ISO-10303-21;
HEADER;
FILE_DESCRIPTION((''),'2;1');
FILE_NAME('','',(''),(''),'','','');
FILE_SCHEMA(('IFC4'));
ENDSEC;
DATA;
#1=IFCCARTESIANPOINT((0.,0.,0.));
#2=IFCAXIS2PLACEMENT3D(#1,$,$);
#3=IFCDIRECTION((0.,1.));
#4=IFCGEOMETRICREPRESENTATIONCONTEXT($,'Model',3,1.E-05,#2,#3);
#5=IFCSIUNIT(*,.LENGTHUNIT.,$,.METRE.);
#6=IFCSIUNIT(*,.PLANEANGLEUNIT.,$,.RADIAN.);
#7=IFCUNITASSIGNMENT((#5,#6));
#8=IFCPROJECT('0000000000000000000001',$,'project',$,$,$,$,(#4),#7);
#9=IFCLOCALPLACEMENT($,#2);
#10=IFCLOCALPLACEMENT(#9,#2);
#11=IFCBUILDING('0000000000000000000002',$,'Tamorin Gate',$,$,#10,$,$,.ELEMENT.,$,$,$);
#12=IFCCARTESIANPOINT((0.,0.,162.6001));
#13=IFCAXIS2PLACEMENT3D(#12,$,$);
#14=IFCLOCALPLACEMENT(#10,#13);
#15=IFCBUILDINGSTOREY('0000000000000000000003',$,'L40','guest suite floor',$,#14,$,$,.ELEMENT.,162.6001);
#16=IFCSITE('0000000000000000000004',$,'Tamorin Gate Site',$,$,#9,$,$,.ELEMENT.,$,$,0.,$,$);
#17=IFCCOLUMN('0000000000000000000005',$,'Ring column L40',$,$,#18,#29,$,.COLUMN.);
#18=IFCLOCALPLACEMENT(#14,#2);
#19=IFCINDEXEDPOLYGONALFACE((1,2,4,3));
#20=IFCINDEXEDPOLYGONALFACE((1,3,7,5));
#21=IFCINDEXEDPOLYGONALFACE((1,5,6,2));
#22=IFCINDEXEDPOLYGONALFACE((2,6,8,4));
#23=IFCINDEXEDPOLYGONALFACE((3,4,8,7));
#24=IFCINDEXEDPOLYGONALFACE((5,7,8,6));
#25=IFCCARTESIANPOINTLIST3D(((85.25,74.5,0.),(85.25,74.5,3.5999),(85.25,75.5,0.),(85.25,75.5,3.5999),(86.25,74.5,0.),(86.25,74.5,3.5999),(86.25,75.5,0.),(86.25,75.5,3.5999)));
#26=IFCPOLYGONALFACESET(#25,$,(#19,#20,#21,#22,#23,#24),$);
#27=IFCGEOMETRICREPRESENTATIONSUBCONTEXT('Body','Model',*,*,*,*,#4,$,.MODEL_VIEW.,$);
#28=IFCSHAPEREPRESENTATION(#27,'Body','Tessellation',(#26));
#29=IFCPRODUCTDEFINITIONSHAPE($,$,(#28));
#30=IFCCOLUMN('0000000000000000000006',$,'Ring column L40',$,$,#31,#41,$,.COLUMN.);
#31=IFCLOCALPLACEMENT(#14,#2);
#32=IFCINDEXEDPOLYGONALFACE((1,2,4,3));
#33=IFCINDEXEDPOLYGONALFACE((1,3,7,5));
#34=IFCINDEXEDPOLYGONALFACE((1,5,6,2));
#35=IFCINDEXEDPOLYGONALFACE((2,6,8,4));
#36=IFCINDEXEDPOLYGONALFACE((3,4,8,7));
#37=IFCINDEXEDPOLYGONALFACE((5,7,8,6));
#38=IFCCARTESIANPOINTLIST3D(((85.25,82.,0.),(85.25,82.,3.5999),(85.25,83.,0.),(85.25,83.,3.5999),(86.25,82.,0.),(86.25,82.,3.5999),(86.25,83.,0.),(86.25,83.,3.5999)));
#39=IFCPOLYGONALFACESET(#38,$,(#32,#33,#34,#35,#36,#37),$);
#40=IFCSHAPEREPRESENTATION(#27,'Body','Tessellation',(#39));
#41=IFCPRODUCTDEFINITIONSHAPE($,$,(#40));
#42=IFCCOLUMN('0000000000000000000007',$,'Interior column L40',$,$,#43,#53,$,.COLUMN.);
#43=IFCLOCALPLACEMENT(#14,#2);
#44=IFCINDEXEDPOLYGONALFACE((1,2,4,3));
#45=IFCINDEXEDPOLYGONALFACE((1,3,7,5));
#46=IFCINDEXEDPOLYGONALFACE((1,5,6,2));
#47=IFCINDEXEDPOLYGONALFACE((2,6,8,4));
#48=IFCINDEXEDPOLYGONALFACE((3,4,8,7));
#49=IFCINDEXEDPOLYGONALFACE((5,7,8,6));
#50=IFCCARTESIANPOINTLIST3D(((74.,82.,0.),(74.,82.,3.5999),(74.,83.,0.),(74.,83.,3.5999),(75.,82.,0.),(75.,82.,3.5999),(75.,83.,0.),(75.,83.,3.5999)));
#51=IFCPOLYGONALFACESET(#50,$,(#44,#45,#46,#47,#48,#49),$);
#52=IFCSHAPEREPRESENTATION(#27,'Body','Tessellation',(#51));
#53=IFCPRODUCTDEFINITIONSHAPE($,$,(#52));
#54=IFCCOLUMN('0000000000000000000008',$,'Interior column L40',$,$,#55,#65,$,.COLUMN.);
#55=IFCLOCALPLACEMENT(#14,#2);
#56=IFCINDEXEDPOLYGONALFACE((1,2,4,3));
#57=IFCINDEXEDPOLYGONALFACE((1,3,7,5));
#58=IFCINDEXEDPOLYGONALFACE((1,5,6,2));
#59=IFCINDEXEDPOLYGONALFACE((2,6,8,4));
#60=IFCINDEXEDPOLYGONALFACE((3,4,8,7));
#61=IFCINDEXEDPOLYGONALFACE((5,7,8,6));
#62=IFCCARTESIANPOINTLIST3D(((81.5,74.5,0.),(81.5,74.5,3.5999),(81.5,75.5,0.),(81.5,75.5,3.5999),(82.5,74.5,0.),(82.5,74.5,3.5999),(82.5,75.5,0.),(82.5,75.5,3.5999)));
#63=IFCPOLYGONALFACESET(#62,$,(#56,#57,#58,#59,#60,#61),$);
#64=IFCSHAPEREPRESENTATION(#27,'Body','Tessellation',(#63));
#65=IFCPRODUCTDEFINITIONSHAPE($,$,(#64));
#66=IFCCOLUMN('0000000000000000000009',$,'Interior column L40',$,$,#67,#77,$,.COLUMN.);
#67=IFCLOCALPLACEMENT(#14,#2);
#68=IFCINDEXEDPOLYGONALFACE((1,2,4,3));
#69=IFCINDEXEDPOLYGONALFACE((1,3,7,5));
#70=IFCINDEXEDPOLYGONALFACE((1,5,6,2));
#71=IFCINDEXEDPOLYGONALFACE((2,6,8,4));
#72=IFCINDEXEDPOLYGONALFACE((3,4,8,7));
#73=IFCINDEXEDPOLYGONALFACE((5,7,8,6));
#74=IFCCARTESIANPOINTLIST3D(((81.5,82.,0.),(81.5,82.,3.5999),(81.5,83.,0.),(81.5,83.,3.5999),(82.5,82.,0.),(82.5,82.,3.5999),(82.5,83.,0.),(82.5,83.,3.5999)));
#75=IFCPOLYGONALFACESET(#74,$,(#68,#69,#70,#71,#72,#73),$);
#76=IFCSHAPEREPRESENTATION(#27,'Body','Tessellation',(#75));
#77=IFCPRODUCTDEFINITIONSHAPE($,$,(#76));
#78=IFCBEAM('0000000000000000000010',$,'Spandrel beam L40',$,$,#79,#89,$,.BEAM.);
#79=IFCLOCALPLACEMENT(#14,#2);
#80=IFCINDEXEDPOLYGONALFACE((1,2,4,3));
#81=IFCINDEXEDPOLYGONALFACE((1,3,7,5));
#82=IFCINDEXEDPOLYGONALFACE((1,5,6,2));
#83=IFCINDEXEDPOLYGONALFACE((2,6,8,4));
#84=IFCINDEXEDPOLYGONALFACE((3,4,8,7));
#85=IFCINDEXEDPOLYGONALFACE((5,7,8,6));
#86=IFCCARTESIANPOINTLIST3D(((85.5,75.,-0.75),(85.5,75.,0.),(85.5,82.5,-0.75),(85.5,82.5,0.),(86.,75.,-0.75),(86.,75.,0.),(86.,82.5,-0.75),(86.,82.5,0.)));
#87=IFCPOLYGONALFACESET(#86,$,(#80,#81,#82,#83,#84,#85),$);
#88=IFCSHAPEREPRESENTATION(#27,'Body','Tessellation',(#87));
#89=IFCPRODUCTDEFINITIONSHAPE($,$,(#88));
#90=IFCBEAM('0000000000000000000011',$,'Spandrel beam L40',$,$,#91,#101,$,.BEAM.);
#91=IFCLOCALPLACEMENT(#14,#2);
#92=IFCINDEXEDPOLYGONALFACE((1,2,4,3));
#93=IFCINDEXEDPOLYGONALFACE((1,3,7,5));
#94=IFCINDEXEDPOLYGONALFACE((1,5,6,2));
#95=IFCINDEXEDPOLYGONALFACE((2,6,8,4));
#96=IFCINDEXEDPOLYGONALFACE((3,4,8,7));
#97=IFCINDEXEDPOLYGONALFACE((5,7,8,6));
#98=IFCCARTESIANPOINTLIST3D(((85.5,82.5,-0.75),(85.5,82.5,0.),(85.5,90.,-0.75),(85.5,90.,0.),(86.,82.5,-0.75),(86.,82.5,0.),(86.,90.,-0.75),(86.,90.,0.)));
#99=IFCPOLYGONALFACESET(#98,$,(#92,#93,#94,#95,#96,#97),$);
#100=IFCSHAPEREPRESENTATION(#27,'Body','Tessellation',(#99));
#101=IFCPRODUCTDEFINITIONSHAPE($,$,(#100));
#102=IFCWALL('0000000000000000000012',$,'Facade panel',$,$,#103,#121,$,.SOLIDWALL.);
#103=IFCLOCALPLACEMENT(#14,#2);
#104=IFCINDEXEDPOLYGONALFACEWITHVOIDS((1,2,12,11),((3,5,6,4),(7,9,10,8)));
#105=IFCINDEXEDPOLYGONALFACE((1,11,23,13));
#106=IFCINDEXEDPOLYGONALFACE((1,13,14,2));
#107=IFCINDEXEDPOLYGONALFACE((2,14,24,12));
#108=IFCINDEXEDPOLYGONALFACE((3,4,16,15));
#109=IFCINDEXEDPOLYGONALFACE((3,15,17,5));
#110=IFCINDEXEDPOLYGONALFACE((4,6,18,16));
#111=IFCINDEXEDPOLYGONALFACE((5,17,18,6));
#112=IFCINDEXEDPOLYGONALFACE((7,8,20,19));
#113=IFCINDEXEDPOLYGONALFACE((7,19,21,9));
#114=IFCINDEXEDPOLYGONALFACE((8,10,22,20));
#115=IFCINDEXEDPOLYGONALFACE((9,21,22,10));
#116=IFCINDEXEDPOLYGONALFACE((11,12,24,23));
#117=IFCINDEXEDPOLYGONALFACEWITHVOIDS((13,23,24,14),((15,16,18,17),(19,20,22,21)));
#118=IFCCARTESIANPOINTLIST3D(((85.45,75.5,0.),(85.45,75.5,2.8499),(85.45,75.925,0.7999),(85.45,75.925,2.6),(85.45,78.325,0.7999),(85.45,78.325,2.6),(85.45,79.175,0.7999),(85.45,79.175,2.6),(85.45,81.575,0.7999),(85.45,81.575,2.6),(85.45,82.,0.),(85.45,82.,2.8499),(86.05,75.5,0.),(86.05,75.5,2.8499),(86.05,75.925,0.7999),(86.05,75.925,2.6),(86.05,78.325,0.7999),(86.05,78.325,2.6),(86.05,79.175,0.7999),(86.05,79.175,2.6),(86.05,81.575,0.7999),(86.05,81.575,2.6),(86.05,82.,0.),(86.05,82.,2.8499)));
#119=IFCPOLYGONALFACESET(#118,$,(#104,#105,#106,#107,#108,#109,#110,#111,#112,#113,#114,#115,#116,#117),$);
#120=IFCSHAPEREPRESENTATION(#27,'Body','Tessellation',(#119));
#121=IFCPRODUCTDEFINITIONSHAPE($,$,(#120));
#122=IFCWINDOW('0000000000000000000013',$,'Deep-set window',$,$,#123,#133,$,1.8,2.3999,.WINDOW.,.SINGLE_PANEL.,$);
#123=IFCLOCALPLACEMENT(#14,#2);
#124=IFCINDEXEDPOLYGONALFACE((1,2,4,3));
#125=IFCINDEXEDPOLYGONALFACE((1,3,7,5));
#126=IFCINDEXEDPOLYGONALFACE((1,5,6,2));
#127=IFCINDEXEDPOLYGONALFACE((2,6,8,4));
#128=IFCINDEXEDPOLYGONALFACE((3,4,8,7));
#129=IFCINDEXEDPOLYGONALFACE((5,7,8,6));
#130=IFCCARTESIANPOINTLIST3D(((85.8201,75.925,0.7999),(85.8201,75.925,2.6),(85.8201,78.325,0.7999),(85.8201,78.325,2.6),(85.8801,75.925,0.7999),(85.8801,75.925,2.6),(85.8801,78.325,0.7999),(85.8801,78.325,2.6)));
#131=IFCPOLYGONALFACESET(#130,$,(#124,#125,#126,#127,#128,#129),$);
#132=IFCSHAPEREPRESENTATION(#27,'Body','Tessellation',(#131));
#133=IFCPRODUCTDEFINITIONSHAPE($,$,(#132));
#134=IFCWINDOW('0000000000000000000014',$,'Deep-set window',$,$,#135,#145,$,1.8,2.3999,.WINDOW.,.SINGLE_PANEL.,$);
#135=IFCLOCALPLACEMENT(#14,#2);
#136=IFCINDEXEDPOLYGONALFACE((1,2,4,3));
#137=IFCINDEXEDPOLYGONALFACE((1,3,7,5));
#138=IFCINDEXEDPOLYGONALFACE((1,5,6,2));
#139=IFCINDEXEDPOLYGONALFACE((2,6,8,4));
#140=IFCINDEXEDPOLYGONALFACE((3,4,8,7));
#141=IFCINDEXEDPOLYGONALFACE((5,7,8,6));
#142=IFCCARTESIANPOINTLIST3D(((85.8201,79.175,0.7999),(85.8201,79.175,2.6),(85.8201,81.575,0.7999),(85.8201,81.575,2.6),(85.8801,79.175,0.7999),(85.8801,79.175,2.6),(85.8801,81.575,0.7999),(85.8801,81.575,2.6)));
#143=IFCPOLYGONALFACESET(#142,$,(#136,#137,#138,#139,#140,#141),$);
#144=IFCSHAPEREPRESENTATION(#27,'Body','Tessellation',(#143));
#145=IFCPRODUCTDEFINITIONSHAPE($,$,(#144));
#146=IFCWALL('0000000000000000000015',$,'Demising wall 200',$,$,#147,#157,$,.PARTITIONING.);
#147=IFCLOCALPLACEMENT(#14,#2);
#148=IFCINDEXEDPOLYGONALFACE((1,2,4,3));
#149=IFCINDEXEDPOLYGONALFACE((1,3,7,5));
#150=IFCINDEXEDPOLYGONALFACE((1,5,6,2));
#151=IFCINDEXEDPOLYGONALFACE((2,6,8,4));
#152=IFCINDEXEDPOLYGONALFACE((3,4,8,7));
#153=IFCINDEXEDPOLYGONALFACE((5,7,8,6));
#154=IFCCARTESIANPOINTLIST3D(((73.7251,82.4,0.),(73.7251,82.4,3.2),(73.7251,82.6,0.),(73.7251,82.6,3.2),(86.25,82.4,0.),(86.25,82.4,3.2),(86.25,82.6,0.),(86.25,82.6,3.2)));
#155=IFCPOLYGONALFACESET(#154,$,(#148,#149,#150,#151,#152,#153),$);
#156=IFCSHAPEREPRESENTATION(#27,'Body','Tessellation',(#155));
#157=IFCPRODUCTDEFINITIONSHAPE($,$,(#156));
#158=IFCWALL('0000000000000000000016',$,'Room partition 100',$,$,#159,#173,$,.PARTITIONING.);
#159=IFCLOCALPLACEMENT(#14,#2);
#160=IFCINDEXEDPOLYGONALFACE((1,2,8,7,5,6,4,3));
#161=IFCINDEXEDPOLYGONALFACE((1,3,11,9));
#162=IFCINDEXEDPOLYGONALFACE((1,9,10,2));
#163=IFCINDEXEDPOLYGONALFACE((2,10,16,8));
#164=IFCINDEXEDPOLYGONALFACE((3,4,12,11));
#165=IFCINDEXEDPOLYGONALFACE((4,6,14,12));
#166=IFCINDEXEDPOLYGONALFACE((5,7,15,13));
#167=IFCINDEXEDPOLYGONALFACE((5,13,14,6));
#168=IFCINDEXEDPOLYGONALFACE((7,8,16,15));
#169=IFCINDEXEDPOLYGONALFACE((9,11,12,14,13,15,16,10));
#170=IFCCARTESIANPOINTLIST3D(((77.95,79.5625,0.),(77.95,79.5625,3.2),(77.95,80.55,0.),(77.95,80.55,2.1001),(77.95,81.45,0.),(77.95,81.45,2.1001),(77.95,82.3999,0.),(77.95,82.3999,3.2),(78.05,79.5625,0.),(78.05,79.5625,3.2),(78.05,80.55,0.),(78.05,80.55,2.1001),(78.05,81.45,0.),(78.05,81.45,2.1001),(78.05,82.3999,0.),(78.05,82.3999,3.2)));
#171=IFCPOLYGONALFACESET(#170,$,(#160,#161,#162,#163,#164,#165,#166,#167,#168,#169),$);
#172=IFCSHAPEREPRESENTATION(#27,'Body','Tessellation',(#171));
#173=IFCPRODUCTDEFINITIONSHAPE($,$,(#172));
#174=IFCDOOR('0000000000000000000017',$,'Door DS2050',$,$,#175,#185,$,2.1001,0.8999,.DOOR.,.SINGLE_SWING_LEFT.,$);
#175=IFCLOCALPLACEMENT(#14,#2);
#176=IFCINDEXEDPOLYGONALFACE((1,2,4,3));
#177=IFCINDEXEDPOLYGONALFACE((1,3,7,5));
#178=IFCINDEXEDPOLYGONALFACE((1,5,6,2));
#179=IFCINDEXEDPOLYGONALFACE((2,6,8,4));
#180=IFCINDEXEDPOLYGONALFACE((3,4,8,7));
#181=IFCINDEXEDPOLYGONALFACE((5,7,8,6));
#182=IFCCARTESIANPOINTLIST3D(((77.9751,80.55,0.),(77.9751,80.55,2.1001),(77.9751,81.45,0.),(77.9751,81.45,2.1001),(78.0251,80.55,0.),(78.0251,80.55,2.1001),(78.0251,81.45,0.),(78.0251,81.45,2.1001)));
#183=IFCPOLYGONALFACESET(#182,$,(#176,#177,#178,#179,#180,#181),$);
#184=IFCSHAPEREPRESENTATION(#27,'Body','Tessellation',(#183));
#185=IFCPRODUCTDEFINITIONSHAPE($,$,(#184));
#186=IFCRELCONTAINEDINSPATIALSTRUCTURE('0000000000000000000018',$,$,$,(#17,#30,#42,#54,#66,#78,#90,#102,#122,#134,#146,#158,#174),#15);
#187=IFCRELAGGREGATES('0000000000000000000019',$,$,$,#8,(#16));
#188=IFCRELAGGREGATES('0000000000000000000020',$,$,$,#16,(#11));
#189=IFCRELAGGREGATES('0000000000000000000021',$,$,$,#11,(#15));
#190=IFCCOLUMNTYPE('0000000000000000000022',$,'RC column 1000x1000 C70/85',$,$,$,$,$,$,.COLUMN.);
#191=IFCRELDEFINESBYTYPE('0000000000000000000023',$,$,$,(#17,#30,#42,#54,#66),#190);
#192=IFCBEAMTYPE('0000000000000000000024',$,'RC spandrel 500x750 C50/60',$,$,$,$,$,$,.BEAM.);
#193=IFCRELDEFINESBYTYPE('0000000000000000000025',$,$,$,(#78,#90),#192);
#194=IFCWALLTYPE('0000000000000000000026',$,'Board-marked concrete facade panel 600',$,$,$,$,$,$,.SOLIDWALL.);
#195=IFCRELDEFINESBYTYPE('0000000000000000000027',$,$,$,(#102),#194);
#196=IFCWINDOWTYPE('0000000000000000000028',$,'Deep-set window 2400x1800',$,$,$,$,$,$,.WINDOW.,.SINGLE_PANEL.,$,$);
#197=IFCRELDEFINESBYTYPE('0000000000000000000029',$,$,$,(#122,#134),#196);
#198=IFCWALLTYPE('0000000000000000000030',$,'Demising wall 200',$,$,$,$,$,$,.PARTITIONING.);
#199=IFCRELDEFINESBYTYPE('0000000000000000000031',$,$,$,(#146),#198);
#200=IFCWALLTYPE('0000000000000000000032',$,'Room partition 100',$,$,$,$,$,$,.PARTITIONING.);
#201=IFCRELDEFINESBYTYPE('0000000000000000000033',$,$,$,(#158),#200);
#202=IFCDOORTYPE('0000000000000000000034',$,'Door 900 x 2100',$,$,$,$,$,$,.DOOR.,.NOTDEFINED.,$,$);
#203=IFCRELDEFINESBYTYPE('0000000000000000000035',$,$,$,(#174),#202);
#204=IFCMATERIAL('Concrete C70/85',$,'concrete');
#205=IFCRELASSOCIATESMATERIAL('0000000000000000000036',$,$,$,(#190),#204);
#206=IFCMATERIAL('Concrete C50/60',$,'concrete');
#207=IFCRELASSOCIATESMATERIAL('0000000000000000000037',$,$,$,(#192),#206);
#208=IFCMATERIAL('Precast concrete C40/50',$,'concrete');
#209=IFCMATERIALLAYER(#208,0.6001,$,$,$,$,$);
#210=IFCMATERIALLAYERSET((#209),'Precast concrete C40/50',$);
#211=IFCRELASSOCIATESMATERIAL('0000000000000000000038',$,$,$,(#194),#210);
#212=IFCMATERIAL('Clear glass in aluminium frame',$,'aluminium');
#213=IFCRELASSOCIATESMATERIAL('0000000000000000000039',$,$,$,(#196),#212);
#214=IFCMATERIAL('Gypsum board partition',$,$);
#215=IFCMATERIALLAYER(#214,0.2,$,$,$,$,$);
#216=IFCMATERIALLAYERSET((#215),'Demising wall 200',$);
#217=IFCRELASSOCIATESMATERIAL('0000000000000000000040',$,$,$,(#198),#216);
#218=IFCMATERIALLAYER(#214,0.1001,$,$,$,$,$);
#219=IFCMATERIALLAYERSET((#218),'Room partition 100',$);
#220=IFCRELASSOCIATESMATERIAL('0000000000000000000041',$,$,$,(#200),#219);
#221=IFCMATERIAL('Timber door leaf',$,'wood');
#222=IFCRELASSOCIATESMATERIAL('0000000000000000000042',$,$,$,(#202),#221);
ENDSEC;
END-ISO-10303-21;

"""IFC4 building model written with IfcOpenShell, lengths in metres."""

from ifc_helpers import new_model, si_unit, direction, frame, frame_2d, origin, origin_2d, place, context, subcontext, project, spatial, rectangle, extrude, material, layer, layer_set, material_profile, profile_set, type_object, element, fill, save


model = new_model("IFC4")

# Units and contexts
model_context = context("Model", 3, precision=1e-05, world=origin(), true_north=direction((0.0, 1.0)))
body_context = subcontext(model_context, "Body", "Model", "MODEL_VIEW")
ifc_project = project(units=[si_unit("LENGTHUNIT", "METRE"), si_unit("PLANEANGLEUNIT", "RADIAN")], contexts=[model_context])

# Site, building, storey
site_placement = place(None, origin())
site = spatial("IfcSite", under=ifc_project, at=site_placement, Name="Tamorin Gate Site", CompositionType="ELEMENT", RefElevation=0.0)
building_placement = place(site_placement, origin())
building = spatial("IfcBuilding", under=site, at=building_placement, Name="Tamorin Gate", CompositionType="ELEMENT")
storey_placement = place(building_placement, frame((0.0, 0.0, 162.6001)))
storey = spatial("IfcBuildingStorey", under=building, at=storey_placement, Name="L40", Description="guest suite floor", CompositionType="ELEMENT", Elevation=162.6001)

# Columns
ifc_material_1 = material(Name="Concrete C70/85", Category="concrete")
ifc_material_profile_1 = material_profile(ifc_material_1, rectangle(XDim=1.0, YDim=1.0, at=origin_2d()), Name="RC 1000x1000")
ifc_profile_set_1 = profile_set([ifc_material_profile_1], Name="Concrete C70/85")
column_type = type_object("IfcColumnType", Name="RC column 1000x1000 C70/85", PredefinedType="COLUMN", material=ifc_profile_set_1)
for number, where, z_axis, x_axis, name in (
    (1, (85.75, 75.0, 0.0), (0.0, 0.0, 1.0), (1.0, 0.0, 0.0), "Ring column L40"),
    (2, (85.75, 82.5, 0.0), (0.0, 0.0, 1.0), (1.0, 0.0, 0.0), "Ring column L40"),
    (3, (74.5, 82.5, 0.0), (0.0, 0.0, 1.0), (1.0, 0.0, 0.0), "Interior column L40"),
    (4, (82.0, 75.0, 0.0), (0.0, 0.0, 1.0), (1.0, 0.0, 0.0), "Interior column L40"),
    (5, (82.0, 82.5, 0.0), (0.0, 0.0, 1.0), (1.0, 0.0, 0.0), "Interior column L40"),
):
    element("IfcColumn", number, at=place(storey_placement, frame(where, z_axis=z_axis, x_axis=x_axis)), inside=storey, type_object=column_type, Name=name, PredefinedType="COLUMN", context=body_context, shape_type="SweptSolid", body=[
        extrude(rectangle(XDim=1.0, YDim=1.0, at=origin_2d()), origin(), (0.0, 0.0, 1.0), 3.5999),
    ])

# Beams
ifc_material_2 = material(Name="Concrete C50/60", Category="concrete")
ifc_material_profile_2 = material_profile(ifc_material_2, rectangle(XDim=0.5, YDim=0.75, at=origin_2d()), Name="RC 500x750")
ifc_profile_set_2 = profile_set([ifc_material_profile_2], Name="Concrete C50/60")
beam_type = type_object("IfcBeamType", Name="RC spandrel 500x750 C50/60", PredefinedType="BEAM", material=ifc_profile_set_2)
for number, where, z_axis, x_axis, name in (
    (6, (85.75, 75.0, -0.375), (0.0, 1.0, 0.0), (-1.0, 0.0, 0.0), "Spandrel beam L40"),
    (7, (85.75, 82.5, -0.375), (0.0, 1.0, 0.0), (-1.0, 0.0, 0.0), "Spandrel beam L40"),
):
    element("IfcBeam", number, at=place(storey_placement, frame(where, z_axis=z_axis, x_axis=x_axis)), inside=storey, type_object=beam_type, Name=name, PredefinedType="BEAM", context=body_context, shape_type="SweptSolid", body=[
        extrude(rectangle(XDim=0.5, YDim=0.75, at=origin_2d()), origin(), (0.0, 0.0, 1.0), 7.5),
    ])

# Wall, openings, windows
ifc_material_3 = material(Name="Precast concrete C40/50", Category="concrete")
ifc_layer_1 = layer(ifc_material_3, 0.6001)
ifc_layer_set_1 = layer_set([ifc_layer_1], Name="Precast concrete C40/50")
wall_type_1 = type_object("IfcWallType", Name="Board-marked concrete facade panel 600", PredefinedType="SOLIDWALL", material=ifc_layer_set_1)
wall_1_placement = place(storey_placement, frame((85.75, 75.5, 0.0), z_axis=(0.0, 0.0, 1.0), x_axis=(0.0, 1.0, 0.0)))
wall_1 = element("IfcWall", 8, at=wall_1_placement, inside=storey, type_object=wall_type_1, Name="Facade panel", PredefinedType="SOLIDWALL", context=body_context, shape_type="SweptSolid", body=[
    extrude(rectangle(XDim=6.5, YDim=0.6001, at=frame_2d((3.25, 0.0))), origin(), (0.0, 0.0, 1.0), 2.8499),
])
opening_1_placement = place(wall_1_placement, frame((0.425, 0.0, 0.8)))
opening_1 = element("IfcOpeningElement", 9, at=opening_1_placement, cuts=wall_1, PredefinedType="OPENING", context=body_context, shape_type="SweptSolid", body=[
    extrude(rectangle(XDim=2.3999, YDim=1.8, at=frame_2d((1.2, 0.8999))), frame((0.0, 0.3101, 0.0), z_axis=(0.0, -1.0, 0.0), x_axis=(1.0, 0.0, 0.0)), (0.0, 0.0, 1.0), 0.6201),
])
opening_2_placement = place(wall_1_placement, frame((3.675, 0.0, 0.8)))
opening_2 = element("IfcOpeningElement", 10, at=opening_2_placement, cuts=wall_1, PredefinedType="OPENING", context=body_context, shape_type="SweptSolid", body=[
    extrude(rectangle(XDim=2.3999, YDim=1.8, at=frame_2d((1.2, 0.8999))), frame((0.0, 0.3101, 0.0), z_axis=(0.0, -1.0, 0.0), x_axis=(1.0, 0.0, 0.0)), (0.0, 0.0, 1.0), 0.6201),
])
ifc_material_4 = material(Name="Clear glass in aluminium frame", Category="aluminium")
window_type = type_object("IfcWindowType", Name="Deep-set window 2400x1800", PartitioningType="SINGLE_PANEL", PredefinedType="WINDOW", material=ifc_material_4)
window_1_placement = place(opening_1_placement, origin())
window_1 = element("IfcWindow", 11, at=window_1_placement, inside=storey, type_object=window_type, Name="Deep-set window", OverallHeight=1.8, OverallWidth=2.3999, PartitioningType="SINGLE_PANEL", PredefinedType="WINDOW", context=body_context, shape_type="SweptSolid", body=[
    extrude(rectangle(XDim=2.3999, YDim=1.8, at=frame_2d((1.2, 0.8999))), frame((0.0, -0.0701, 0.0), z_axis=(0.0, -1.0, 0.0), x_axis=(1.0, 0.0, 0.0)), (0.0, 0.0, 1.0), 0.0601),
])
fill(opening_1, window_1)
window_2_placement = place(opening_2_placement, origin())
window_2 = element("IfcWindow", 12, at=window_2_placement, inside=storey, type_object=window_type, Name="Deep-set window", OverallHeight=1.8, OverallWidth=2.3999, PartitioningType="SINGLE_PANEL", PredefinedType="WINDOW", context=body_context, shape_type="SweptSolid", body=[
    extrude(rectangle(XDim=2.3999, YDim=1.8, at=frame_2d((1.2, 0.8999))), frame((0.0, -0.0701, 0.0), z_axis=(0.0, -1.0, 0.0), x_axis=(1.0, 0.0, 0.0)), (0.0, 0.0, 1.0), 0.0601),
])
fill(opening_2, window_2)

# Wall
ifc_material_5 = material(Name="Gypsum board partition")
ifc_layer_2 = layer(ifc_material_5, 0.2)
ifc_layer_set_2 = layer_set([ifc_layer_2], Name="Demising wall 200")
wall_type_2 = type_object("IfcWallType", Name="Demising wall 200", PredefinedType="PARTITIONING", material=ifc_layer_set_2)
wall_2_placement = place(storey_placement, frame((73.7251, 82.5, 0.0), z_axis=(0.0, 0.0, 1.0), x_axis=(1.0, 0.0, 0.0)))
element("IfcWall", 13, at=wall_2_placement, inside=storey, type_object=wall_type_2, Name="Demising wall 200", PredefinedType="PARTITIONING", context=body_context, shape_type="SweptSolid", body=[
    extrude(rectangle(XDim=12.5249, YDim=0.2, at=frame_2d((6.2625, 0.0))), origin(), (0.0, 0.0, 1.0), 3.2),
])

# Wall, opening, door
ifc_layer_3 = layer(ifc_material_5, 0.1001)
ifc_layer_set_3 = layer_set([ifc_layer_3], Name="Room partition 100")
wall_type_3 = type_object("IfcWallType", Name="Room partition 100", PredefinedType="PARTITIONING", material=ifc_layer_set_3)
wall_3_placement = place(storey_placement, frame((78.0, 79.5625, 0.0), z_axis=(0.0, 0.0, 1.0), x_axis=(0.0, 1.0, 0.0)))
wall_3 = element("IfcWall", 14, at=wall_3_placement, inside=storey, type_object=wall_type_3, Name="Room partition 100", PredefinedType="PARTITIONING", context=body_context, shape_type="SweptSolid", body=[
    extrude(rectangle(XDim=2.8374, YDim=0.1001, at=frame_2d((1.4187, 0.0))), origin(), (0.0, 0.0, 1.0), 3.2),
])
opening_3_placement = place(wall_3_placement, frame((0.9875, 0.0, 0.0)))
opening_3 = element("IfcOpeningElement", 15, at=opening_3_placement, cuts=wall_3, PredefinedType="OPENING", context=body_context, shape_type="SweptSolid", body=[
    extrude(rectangle(XDim=0.8999, YDim=2.1001, at=frame_2d((0.45, 1.05))), frame((0.0, 0.0601, 0.0), z_axis=(0.0, -1.0, 0.0), x_axis=(1.0, 0.0, 0.0)), (0.0, 0.0, 1.0), 0.1201),
])
ifc_material_6 = material(Name="Timber door leaf", Category="wood")
door_type = type_object("IfcDoorType", Name="Door 900 x 2100", OperationType="NOTDEFINED", PredefinedType="DOOR", material=ifc_material_6)
door_placement = place(opening_3_placement, origin())
door = element("IfcDoor", 16, at=door_placement, inside=storey, type_object=door_type, Name="Door DS2050", OperationType="SINGLE_SWING_LEFT", OverallHeight=2.1001, OverallWidth=0.8999, PredefinedType="DOOR", context=body_context, shape_type="SweptSolid", body=[
    extrude(rectangle(XDim=0.8999, YDim=2.1001, at=frame_2d((0.45, 1.05))), frame((0.0, 0.0249, 0.0), z_axis=(0.0, -1.0, 0.0), x_axis=(1.0, 0.0, 0.0)), (0.0, 0.0, 1.0), 0.05),
])
fill(opening_3, door)

save(model, "model.ifc")
